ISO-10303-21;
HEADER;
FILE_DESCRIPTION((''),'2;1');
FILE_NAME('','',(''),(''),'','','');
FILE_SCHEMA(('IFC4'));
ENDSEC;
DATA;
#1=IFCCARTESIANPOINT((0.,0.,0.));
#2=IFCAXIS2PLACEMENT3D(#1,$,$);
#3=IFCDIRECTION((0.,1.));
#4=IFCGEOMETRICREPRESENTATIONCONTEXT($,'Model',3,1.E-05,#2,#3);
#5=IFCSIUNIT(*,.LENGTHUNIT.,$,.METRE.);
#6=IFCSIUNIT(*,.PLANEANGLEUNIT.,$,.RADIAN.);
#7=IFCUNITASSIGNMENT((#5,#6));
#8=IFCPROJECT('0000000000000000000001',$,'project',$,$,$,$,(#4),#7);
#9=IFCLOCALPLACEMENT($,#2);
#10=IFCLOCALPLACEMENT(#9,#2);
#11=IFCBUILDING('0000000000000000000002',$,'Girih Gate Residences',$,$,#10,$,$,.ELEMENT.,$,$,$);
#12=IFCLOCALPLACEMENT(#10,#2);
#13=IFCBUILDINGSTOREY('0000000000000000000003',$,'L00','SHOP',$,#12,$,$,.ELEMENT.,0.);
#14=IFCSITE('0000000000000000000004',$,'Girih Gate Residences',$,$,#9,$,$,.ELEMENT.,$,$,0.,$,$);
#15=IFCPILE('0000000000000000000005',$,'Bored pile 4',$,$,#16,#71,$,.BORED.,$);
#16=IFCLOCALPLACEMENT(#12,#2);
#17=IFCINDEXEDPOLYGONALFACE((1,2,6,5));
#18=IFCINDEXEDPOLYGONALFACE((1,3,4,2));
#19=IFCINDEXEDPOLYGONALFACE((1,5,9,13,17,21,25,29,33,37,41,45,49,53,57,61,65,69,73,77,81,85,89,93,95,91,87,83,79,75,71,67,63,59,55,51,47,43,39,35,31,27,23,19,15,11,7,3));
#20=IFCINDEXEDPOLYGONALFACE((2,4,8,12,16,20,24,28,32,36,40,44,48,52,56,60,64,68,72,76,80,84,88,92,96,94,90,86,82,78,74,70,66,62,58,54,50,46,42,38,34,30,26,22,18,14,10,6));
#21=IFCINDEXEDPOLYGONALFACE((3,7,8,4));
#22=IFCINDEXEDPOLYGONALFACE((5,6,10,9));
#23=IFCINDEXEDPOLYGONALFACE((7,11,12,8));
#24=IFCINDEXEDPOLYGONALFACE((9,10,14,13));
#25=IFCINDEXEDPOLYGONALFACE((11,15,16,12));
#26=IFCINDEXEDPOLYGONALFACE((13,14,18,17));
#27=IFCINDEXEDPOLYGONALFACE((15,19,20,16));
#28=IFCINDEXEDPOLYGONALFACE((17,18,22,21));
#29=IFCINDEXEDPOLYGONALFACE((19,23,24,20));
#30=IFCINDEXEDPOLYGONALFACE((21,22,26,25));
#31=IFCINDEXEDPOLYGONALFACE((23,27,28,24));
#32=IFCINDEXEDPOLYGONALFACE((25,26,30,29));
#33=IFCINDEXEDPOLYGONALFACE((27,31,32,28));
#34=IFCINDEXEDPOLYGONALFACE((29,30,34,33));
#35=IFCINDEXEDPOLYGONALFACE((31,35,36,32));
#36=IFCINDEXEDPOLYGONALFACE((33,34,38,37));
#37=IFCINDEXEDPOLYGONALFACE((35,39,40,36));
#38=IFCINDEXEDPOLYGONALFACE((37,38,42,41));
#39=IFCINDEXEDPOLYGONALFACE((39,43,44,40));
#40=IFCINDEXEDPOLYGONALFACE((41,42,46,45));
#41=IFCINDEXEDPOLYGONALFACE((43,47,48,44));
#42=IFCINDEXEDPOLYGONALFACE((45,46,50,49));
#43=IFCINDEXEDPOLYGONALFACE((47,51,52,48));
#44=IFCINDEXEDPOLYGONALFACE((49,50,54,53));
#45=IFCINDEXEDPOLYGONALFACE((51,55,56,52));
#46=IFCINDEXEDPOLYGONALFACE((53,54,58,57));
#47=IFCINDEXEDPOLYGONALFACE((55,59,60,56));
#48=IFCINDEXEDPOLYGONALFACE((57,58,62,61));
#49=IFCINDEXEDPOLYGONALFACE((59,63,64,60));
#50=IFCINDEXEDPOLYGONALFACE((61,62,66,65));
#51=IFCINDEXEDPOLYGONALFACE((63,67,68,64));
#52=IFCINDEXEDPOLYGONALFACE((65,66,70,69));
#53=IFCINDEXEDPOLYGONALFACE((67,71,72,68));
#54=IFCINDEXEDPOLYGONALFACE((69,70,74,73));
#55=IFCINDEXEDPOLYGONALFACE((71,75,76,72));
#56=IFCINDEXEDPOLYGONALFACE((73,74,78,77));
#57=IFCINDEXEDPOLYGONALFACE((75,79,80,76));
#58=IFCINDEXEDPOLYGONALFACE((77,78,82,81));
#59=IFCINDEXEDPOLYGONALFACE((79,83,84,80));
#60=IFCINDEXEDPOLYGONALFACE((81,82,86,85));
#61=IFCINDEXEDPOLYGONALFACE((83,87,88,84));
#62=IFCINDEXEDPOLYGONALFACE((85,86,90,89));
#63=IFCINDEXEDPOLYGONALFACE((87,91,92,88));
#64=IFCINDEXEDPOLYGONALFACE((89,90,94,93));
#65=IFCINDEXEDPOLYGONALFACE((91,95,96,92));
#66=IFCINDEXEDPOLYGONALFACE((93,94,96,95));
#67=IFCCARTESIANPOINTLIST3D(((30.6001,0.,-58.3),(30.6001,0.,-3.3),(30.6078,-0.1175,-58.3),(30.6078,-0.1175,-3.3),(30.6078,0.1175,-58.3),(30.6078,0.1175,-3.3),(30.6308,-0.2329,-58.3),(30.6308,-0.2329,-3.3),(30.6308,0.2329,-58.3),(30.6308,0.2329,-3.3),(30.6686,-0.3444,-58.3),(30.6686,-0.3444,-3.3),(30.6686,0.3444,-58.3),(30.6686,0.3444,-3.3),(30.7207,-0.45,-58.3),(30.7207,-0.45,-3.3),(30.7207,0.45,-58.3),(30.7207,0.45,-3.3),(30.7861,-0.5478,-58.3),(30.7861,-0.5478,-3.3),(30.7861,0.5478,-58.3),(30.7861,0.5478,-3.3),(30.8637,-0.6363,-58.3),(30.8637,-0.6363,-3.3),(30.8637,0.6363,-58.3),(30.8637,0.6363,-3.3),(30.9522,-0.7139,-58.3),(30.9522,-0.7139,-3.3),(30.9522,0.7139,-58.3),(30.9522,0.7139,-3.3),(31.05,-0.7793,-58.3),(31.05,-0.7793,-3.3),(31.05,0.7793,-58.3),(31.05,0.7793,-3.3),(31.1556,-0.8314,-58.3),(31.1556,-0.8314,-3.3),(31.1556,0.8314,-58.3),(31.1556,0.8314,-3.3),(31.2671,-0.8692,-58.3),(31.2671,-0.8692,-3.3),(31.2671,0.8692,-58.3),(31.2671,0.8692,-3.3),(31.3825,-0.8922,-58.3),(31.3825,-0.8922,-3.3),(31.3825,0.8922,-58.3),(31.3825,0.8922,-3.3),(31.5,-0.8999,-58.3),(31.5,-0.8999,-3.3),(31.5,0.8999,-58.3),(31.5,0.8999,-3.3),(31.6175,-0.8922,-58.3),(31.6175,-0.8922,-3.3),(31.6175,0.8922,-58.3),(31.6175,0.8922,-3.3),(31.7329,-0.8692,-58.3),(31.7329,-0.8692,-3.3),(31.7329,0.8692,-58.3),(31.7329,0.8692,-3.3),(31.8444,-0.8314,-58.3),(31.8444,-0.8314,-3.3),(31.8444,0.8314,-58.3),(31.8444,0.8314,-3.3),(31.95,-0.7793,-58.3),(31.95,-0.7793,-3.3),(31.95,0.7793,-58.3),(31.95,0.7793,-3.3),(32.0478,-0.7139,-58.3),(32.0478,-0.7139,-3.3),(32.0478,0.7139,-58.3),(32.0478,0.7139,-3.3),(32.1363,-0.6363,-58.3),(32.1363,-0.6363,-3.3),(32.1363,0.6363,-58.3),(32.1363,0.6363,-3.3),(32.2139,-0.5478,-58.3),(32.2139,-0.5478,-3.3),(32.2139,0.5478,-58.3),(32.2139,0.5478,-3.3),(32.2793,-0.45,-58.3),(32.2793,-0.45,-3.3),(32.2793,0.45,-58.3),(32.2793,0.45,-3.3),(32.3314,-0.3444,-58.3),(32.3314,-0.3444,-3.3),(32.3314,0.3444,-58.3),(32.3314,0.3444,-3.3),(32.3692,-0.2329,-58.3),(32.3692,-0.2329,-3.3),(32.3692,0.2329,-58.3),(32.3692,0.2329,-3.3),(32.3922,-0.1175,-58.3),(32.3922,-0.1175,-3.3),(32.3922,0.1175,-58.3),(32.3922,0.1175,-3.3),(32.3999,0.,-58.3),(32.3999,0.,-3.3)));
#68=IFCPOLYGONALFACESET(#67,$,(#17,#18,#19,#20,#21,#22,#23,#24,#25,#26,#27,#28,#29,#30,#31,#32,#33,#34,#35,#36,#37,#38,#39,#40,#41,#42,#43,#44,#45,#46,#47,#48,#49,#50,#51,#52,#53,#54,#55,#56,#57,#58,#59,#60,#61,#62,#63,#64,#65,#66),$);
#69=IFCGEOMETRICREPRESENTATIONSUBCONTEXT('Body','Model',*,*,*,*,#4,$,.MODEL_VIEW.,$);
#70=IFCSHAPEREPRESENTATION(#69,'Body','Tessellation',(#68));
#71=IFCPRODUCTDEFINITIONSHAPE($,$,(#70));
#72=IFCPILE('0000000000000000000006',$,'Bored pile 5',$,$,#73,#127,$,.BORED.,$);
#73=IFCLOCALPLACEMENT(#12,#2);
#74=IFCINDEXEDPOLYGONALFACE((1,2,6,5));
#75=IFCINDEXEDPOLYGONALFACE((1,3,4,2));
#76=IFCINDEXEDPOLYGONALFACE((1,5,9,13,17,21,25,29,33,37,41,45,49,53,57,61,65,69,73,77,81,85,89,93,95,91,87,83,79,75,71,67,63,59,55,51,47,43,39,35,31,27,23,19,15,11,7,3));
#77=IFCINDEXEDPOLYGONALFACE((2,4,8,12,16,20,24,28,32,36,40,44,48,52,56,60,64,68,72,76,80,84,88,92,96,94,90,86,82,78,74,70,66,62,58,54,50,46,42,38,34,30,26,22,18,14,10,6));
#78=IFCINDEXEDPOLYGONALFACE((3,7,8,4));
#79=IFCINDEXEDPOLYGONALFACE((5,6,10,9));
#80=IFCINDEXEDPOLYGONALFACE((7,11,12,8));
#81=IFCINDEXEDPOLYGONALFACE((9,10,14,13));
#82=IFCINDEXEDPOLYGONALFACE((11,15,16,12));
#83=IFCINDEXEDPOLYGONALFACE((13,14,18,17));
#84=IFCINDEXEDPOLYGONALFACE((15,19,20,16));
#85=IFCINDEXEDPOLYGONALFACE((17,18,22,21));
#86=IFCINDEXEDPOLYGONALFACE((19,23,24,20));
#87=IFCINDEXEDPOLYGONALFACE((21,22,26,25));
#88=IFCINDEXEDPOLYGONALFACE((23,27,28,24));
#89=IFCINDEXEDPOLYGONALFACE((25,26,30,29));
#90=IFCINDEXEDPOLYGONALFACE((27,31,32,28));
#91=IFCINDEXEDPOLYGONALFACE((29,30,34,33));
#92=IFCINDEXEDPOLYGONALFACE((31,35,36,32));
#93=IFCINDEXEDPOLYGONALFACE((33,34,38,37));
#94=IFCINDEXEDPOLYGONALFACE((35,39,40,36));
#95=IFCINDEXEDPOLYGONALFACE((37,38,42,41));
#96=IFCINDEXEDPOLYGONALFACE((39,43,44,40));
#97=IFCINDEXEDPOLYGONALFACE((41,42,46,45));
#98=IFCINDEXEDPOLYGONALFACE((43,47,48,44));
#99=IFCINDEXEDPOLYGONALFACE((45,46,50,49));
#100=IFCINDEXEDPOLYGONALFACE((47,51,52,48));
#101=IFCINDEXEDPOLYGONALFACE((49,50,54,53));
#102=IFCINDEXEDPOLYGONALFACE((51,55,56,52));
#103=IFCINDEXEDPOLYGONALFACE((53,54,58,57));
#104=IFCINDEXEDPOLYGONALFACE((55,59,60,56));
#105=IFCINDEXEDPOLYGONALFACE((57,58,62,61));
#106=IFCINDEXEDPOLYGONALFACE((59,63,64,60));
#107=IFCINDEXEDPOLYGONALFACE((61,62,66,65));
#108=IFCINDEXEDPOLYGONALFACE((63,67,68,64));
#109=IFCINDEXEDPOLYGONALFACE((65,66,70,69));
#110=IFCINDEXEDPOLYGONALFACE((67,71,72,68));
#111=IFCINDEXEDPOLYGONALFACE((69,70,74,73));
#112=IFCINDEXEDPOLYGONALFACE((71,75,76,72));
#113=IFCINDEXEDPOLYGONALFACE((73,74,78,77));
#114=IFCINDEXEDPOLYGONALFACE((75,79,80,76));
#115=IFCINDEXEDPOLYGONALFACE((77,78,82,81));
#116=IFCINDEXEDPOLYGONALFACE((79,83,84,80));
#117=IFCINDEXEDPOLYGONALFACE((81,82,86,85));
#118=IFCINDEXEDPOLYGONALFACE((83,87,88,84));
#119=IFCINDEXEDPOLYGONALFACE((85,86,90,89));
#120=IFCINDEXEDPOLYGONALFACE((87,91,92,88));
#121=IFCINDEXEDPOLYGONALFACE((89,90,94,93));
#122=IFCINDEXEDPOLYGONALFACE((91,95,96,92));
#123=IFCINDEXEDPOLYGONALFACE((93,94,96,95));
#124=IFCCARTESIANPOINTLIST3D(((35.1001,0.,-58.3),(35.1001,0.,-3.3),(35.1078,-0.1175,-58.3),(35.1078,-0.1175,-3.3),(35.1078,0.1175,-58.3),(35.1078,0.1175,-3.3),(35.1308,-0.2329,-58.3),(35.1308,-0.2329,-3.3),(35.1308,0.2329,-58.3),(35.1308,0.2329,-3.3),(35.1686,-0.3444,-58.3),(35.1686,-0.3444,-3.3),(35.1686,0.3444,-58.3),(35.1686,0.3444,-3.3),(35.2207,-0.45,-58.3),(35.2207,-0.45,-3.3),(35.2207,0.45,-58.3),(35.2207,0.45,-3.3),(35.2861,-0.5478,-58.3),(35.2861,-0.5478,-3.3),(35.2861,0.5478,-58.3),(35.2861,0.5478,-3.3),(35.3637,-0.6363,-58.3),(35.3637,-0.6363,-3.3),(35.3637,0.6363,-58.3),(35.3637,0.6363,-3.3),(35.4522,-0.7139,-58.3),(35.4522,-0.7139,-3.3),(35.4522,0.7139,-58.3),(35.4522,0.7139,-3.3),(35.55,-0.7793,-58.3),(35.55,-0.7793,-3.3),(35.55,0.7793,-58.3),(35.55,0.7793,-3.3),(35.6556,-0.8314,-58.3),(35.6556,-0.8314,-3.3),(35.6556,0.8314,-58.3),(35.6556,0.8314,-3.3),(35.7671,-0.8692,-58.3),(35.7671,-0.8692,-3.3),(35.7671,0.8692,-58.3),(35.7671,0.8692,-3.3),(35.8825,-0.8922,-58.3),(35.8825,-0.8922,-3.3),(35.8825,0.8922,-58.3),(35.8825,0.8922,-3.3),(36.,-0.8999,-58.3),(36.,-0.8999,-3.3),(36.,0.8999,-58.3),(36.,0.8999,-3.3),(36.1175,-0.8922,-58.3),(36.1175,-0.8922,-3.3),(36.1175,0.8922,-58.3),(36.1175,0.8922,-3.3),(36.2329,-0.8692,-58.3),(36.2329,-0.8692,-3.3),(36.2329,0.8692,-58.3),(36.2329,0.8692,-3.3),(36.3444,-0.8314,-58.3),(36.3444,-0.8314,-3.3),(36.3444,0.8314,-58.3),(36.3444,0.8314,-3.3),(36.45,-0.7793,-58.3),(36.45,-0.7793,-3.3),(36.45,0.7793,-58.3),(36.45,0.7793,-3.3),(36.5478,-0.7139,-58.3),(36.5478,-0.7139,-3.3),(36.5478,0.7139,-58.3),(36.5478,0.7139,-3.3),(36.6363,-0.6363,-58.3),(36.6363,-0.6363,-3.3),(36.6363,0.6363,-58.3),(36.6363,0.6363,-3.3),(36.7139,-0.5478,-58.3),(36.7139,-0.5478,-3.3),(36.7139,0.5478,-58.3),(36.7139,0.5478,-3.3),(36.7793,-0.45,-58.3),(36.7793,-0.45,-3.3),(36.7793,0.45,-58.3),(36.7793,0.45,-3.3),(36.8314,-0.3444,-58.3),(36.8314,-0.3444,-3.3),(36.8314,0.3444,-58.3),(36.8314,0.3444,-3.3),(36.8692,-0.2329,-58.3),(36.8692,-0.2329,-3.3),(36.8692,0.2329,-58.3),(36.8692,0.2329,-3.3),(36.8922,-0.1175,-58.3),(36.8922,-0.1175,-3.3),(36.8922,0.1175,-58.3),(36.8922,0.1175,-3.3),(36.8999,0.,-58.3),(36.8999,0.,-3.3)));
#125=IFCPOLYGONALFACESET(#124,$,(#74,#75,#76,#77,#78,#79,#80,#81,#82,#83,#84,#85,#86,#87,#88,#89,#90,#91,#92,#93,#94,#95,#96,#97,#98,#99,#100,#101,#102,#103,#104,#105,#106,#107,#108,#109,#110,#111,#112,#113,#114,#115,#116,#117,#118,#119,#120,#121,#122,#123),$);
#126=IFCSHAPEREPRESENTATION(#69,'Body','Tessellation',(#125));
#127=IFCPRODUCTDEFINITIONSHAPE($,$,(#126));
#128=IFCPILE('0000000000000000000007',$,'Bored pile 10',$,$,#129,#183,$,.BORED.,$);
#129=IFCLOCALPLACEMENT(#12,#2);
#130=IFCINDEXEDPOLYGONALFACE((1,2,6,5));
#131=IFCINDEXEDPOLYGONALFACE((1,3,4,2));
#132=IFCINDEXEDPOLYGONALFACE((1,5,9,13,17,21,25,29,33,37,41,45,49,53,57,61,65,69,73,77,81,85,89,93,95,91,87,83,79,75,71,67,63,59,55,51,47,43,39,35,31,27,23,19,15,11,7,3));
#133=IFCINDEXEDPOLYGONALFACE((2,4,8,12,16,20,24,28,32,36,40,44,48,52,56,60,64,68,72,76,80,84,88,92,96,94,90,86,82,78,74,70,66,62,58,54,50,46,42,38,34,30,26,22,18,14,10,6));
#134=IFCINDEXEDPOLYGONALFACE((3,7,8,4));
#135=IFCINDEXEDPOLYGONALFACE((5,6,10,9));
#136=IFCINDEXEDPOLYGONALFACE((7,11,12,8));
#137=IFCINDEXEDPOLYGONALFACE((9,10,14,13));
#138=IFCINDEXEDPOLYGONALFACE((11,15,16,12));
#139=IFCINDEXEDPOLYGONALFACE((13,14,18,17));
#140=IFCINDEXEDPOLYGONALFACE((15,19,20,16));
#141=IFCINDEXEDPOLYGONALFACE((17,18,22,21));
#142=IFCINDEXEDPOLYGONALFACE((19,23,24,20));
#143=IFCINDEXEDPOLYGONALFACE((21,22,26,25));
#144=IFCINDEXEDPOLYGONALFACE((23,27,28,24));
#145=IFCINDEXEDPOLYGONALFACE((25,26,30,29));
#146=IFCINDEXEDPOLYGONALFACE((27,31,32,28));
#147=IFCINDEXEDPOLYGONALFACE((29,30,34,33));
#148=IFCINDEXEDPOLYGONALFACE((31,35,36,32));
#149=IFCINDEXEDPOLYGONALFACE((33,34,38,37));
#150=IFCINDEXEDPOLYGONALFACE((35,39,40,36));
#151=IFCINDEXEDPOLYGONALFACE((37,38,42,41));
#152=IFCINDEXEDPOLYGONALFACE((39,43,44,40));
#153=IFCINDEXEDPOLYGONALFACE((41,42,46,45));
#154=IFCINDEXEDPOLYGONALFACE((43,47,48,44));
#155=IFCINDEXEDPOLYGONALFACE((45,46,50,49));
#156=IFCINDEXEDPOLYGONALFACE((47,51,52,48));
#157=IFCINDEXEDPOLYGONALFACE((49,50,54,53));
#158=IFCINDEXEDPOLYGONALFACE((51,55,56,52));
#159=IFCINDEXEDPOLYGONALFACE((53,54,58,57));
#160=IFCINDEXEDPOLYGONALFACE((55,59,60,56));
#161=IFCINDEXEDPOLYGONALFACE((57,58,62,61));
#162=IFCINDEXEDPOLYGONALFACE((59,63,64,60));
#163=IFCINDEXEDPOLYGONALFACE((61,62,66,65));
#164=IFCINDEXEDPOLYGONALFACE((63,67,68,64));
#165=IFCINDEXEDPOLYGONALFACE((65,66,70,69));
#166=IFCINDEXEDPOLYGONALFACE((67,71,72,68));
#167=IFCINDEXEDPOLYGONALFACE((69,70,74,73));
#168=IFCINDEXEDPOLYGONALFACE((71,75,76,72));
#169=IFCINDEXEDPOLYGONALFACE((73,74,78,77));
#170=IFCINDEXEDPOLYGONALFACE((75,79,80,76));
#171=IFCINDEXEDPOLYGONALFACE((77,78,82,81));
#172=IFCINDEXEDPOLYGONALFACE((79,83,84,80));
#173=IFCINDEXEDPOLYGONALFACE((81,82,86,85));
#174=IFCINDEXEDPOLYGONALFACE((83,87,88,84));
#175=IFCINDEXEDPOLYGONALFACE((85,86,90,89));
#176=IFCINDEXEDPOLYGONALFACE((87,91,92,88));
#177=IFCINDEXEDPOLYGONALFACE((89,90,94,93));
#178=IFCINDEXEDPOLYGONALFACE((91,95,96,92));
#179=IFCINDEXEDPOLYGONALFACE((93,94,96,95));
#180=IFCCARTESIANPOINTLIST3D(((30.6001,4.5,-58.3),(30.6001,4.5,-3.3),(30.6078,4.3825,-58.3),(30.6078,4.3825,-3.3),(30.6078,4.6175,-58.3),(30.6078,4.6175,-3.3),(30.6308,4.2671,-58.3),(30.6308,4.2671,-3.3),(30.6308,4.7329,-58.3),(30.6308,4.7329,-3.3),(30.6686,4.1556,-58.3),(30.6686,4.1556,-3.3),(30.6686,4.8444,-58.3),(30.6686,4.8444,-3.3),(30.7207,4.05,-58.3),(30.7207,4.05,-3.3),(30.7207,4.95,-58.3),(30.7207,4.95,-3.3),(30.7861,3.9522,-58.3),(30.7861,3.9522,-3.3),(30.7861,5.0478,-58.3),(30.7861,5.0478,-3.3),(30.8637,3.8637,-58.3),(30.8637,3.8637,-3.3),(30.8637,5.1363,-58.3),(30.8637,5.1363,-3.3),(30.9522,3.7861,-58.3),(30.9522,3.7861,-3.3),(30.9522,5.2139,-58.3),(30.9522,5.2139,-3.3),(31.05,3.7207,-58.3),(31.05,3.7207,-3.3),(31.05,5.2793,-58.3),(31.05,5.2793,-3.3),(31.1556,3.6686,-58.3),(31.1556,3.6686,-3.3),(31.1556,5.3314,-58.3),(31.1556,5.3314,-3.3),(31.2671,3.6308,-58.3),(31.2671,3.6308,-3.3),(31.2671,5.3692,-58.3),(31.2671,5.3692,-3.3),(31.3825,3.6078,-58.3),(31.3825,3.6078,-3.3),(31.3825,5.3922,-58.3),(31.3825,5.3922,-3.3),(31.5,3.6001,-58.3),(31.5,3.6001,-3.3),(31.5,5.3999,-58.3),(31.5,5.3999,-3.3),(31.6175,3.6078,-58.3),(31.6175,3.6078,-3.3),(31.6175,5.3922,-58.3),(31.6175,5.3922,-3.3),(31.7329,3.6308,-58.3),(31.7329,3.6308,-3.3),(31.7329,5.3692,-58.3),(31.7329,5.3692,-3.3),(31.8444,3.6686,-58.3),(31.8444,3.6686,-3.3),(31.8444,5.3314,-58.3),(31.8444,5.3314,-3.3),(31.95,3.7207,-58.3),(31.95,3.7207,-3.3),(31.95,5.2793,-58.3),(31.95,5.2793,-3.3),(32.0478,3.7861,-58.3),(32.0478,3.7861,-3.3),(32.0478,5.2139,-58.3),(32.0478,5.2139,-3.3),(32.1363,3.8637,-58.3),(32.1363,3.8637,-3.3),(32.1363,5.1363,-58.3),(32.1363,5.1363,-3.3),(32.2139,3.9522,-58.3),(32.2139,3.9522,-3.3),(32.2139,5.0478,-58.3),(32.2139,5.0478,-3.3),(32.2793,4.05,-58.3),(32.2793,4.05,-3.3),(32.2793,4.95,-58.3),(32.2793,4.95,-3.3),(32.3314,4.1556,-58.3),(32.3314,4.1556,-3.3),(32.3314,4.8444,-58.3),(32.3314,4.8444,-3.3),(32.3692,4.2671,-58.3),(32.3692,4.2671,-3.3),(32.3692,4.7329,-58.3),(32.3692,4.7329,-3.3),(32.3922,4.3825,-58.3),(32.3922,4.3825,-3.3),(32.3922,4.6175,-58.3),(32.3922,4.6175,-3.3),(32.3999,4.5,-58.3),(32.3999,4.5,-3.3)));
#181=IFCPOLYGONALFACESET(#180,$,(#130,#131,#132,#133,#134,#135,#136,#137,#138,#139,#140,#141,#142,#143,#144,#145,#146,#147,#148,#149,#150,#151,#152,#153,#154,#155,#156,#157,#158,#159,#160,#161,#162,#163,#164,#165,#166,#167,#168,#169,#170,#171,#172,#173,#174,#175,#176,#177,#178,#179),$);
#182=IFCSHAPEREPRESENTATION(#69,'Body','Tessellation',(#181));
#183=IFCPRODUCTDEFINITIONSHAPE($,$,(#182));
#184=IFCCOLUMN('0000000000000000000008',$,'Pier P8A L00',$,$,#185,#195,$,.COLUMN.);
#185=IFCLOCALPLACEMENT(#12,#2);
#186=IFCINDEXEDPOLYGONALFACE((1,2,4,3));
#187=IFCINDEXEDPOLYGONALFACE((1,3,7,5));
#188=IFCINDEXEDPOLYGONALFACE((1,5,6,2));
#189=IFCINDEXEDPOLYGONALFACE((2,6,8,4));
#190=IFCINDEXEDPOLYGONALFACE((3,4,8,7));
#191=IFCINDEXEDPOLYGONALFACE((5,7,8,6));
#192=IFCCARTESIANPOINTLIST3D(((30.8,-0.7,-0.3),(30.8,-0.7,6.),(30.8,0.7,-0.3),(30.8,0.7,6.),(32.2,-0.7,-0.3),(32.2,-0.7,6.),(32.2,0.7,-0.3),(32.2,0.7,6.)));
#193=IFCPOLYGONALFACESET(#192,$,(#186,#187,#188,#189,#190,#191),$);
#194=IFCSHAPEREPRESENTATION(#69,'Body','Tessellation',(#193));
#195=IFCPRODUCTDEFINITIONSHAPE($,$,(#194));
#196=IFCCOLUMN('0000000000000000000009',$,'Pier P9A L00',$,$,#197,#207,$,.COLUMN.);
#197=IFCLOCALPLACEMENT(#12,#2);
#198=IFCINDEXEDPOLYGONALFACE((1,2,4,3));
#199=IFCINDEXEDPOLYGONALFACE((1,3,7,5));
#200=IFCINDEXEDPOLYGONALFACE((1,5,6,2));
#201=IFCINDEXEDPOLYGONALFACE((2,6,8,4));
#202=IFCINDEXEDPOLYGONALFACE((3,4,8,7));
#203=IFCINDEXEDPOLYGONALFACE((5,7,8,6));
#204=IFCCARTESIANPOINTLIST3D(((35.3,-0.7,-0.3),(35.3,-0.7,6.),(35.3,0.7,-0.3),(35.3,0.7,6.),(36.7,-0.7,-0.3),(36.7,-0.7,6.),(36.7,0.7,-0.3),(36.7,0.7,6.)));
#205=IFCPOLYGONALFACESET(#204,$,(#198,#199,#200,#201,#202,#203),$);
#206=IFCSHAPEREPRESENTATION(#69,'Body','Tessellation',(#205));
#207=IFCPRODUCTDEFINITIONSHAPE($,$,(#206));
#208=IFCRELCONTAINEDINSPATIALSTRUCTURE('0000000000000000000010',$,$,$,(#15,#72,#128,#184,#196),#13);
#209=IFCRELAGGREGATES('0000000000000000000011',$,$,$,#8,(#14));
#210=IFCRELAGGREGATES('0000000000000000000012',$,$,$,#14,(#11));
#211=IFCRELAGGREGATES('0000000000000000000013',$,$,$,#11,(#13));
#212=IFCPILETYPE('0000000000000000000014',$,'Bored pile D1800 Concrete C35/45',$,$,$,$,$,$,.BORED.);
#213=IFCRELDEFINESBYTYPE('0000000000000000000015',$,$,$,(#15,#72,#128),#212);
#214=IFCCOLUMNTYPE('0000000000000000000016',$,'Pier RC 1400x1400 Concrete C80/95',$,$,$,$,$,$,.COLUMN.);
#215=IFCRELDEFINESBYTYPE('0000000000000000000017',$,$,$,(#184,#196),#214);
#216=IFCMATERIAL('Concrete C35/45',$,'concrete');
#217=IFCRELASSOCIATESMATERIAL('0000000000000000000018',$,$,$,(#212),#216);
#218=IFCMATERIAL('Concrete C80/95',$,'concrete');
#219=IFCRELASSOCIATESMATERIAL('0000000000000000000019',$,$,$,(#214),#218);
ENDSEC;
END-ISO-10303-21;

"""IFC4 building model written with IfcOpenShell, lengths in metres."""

from ifc_helpers import new_model, si_unit, direction, frame, origin, origin_2d, place, context, subcontext, project, spatial, rectangle, circle, extrude, material, material_profile, profile_set, type_object, element, save


model = new_model("IFC4")

# Units and contexts
model_context = context("Model", 3, precision=1e-05, world=origin(), true_north=direction((0.0, 1.0)))
body_context = subcontext(model_context, "Body", "Model", "MODEL_VIEW")
ifc_project = project(units=[si_unit("LENGTHUNIT", "METRE"), si_unit("PLANEANGLEUNIT", "RADIAN")], contexts=[model_context])

# Site, building, storey
site_placement = place(None, origin())
site = spatial("IfcSite", under=ifc_project, at=site_placement, Name="Girih Gate Residences", CompositionType="ELEMENT", RefElevation=0.0)
building_placement = place(site_placement, origin())
building = spatial("IfcBuilding", under=site, at=building_placement, Name="Girih Gate Residences", CompositionType="ELEMENT")
storey_placement = place(building_placement, origin())
storey = spatial("IfcBuildingStorey", under=building, at=storey_placement, Name="L00", Description="SHOP", CompositionType="ELEMENT", Elevation=0.0)

# Piles
ifc_material_1 = material(Name="Concrete C35/45", Category="concrete")
ifc_material_profile_1 = material_profile(ifc_material_1, circle(Radius=0.8999, at=origin_2d()))
ifc_profile_set_1 = profile_set([ifc_material_profile_1], Name="Concrete C35/45")
pile_type = type_object("IfcPileType", Name="Bored pile D1800 Concrete C35/45", PredefinedType="BORED", material=ifc_profile_set_1)
for number, where, z_axis, x_axis, name in (
    (1, (31.5, 0.0, -3.3), (0.0, 0.0, -1.0), (1.0, 0.0, 0.0), "Bored pile 4"),
    (2, (36.0, 0.0, -3.3), (0.0, 0.0, -1.0), (1.0, 0.0, 0.0), "Bored pile 5"),
    (3, (31.5, 4.5, -3.3), (0.0, 0.0, -1.0), (1.0, 0.0, 0.0), "Bored pile 10"),
):
    element("IfcPile", number, at=place(storey_placement, frame(where, z_axis=z_axis, x_axis=x_axis)), inside=storey, type_object=pile_type, Name=name, PredefinedType="BORED", context=body_context, shape_type="SweptSolid", body=[
        extrude(circle(Radius=0.8999, at=origin_2d()), origin(), (0.0, 0.0, 1.0), 55.0),
    ])

# Columns
ifc_material_2 = material(Name="Concrete C80/95", Category="concrete")
ifc_material_profile_2 = material_profile(ifc_material_2, rectangle(XDim=1.3999, YDim=1.3999, at=origin_2d()))
ifc_profile_set_2 = profile_set([ifc_material_profile_2], Name="Concrete C80/95")
column_type = type_object("IfcColumnType", Name="Pier RC 1400x1400 Concrete C80/95", PredefinedType="COLUMN", material=ifc_profile_set_2)
for number, where, z_axis, x_axis, name in (
    (4, (31.5, 0.0, -0.3), (0.0, 0.0, 1.0), (1.0, 0.0, 0.0), "Pier P8A L00"),
    (5, (36.0, 0.0, -0.3), (0.0, 0.0, 1.0), (1.0, 0.0, 0.0), "Pier P9A L00"),
):
    element("IfcColumn", number, at=place(storey_placement, frame(where, z_axis=z_axis, x_axis=x_axis)), inside=storey, type_object=column_type, Name=name, PredefinedType="COLUMN", context=body_context, shape_type="SweptSolid", body=[
        extrude(rectangle(XDim=1.3999, YDim=1.3999, at=origin_2d()), origin(), (0.0, 0.0, 1.0), 6.3),
    ])

save(model, "model.ifc")
